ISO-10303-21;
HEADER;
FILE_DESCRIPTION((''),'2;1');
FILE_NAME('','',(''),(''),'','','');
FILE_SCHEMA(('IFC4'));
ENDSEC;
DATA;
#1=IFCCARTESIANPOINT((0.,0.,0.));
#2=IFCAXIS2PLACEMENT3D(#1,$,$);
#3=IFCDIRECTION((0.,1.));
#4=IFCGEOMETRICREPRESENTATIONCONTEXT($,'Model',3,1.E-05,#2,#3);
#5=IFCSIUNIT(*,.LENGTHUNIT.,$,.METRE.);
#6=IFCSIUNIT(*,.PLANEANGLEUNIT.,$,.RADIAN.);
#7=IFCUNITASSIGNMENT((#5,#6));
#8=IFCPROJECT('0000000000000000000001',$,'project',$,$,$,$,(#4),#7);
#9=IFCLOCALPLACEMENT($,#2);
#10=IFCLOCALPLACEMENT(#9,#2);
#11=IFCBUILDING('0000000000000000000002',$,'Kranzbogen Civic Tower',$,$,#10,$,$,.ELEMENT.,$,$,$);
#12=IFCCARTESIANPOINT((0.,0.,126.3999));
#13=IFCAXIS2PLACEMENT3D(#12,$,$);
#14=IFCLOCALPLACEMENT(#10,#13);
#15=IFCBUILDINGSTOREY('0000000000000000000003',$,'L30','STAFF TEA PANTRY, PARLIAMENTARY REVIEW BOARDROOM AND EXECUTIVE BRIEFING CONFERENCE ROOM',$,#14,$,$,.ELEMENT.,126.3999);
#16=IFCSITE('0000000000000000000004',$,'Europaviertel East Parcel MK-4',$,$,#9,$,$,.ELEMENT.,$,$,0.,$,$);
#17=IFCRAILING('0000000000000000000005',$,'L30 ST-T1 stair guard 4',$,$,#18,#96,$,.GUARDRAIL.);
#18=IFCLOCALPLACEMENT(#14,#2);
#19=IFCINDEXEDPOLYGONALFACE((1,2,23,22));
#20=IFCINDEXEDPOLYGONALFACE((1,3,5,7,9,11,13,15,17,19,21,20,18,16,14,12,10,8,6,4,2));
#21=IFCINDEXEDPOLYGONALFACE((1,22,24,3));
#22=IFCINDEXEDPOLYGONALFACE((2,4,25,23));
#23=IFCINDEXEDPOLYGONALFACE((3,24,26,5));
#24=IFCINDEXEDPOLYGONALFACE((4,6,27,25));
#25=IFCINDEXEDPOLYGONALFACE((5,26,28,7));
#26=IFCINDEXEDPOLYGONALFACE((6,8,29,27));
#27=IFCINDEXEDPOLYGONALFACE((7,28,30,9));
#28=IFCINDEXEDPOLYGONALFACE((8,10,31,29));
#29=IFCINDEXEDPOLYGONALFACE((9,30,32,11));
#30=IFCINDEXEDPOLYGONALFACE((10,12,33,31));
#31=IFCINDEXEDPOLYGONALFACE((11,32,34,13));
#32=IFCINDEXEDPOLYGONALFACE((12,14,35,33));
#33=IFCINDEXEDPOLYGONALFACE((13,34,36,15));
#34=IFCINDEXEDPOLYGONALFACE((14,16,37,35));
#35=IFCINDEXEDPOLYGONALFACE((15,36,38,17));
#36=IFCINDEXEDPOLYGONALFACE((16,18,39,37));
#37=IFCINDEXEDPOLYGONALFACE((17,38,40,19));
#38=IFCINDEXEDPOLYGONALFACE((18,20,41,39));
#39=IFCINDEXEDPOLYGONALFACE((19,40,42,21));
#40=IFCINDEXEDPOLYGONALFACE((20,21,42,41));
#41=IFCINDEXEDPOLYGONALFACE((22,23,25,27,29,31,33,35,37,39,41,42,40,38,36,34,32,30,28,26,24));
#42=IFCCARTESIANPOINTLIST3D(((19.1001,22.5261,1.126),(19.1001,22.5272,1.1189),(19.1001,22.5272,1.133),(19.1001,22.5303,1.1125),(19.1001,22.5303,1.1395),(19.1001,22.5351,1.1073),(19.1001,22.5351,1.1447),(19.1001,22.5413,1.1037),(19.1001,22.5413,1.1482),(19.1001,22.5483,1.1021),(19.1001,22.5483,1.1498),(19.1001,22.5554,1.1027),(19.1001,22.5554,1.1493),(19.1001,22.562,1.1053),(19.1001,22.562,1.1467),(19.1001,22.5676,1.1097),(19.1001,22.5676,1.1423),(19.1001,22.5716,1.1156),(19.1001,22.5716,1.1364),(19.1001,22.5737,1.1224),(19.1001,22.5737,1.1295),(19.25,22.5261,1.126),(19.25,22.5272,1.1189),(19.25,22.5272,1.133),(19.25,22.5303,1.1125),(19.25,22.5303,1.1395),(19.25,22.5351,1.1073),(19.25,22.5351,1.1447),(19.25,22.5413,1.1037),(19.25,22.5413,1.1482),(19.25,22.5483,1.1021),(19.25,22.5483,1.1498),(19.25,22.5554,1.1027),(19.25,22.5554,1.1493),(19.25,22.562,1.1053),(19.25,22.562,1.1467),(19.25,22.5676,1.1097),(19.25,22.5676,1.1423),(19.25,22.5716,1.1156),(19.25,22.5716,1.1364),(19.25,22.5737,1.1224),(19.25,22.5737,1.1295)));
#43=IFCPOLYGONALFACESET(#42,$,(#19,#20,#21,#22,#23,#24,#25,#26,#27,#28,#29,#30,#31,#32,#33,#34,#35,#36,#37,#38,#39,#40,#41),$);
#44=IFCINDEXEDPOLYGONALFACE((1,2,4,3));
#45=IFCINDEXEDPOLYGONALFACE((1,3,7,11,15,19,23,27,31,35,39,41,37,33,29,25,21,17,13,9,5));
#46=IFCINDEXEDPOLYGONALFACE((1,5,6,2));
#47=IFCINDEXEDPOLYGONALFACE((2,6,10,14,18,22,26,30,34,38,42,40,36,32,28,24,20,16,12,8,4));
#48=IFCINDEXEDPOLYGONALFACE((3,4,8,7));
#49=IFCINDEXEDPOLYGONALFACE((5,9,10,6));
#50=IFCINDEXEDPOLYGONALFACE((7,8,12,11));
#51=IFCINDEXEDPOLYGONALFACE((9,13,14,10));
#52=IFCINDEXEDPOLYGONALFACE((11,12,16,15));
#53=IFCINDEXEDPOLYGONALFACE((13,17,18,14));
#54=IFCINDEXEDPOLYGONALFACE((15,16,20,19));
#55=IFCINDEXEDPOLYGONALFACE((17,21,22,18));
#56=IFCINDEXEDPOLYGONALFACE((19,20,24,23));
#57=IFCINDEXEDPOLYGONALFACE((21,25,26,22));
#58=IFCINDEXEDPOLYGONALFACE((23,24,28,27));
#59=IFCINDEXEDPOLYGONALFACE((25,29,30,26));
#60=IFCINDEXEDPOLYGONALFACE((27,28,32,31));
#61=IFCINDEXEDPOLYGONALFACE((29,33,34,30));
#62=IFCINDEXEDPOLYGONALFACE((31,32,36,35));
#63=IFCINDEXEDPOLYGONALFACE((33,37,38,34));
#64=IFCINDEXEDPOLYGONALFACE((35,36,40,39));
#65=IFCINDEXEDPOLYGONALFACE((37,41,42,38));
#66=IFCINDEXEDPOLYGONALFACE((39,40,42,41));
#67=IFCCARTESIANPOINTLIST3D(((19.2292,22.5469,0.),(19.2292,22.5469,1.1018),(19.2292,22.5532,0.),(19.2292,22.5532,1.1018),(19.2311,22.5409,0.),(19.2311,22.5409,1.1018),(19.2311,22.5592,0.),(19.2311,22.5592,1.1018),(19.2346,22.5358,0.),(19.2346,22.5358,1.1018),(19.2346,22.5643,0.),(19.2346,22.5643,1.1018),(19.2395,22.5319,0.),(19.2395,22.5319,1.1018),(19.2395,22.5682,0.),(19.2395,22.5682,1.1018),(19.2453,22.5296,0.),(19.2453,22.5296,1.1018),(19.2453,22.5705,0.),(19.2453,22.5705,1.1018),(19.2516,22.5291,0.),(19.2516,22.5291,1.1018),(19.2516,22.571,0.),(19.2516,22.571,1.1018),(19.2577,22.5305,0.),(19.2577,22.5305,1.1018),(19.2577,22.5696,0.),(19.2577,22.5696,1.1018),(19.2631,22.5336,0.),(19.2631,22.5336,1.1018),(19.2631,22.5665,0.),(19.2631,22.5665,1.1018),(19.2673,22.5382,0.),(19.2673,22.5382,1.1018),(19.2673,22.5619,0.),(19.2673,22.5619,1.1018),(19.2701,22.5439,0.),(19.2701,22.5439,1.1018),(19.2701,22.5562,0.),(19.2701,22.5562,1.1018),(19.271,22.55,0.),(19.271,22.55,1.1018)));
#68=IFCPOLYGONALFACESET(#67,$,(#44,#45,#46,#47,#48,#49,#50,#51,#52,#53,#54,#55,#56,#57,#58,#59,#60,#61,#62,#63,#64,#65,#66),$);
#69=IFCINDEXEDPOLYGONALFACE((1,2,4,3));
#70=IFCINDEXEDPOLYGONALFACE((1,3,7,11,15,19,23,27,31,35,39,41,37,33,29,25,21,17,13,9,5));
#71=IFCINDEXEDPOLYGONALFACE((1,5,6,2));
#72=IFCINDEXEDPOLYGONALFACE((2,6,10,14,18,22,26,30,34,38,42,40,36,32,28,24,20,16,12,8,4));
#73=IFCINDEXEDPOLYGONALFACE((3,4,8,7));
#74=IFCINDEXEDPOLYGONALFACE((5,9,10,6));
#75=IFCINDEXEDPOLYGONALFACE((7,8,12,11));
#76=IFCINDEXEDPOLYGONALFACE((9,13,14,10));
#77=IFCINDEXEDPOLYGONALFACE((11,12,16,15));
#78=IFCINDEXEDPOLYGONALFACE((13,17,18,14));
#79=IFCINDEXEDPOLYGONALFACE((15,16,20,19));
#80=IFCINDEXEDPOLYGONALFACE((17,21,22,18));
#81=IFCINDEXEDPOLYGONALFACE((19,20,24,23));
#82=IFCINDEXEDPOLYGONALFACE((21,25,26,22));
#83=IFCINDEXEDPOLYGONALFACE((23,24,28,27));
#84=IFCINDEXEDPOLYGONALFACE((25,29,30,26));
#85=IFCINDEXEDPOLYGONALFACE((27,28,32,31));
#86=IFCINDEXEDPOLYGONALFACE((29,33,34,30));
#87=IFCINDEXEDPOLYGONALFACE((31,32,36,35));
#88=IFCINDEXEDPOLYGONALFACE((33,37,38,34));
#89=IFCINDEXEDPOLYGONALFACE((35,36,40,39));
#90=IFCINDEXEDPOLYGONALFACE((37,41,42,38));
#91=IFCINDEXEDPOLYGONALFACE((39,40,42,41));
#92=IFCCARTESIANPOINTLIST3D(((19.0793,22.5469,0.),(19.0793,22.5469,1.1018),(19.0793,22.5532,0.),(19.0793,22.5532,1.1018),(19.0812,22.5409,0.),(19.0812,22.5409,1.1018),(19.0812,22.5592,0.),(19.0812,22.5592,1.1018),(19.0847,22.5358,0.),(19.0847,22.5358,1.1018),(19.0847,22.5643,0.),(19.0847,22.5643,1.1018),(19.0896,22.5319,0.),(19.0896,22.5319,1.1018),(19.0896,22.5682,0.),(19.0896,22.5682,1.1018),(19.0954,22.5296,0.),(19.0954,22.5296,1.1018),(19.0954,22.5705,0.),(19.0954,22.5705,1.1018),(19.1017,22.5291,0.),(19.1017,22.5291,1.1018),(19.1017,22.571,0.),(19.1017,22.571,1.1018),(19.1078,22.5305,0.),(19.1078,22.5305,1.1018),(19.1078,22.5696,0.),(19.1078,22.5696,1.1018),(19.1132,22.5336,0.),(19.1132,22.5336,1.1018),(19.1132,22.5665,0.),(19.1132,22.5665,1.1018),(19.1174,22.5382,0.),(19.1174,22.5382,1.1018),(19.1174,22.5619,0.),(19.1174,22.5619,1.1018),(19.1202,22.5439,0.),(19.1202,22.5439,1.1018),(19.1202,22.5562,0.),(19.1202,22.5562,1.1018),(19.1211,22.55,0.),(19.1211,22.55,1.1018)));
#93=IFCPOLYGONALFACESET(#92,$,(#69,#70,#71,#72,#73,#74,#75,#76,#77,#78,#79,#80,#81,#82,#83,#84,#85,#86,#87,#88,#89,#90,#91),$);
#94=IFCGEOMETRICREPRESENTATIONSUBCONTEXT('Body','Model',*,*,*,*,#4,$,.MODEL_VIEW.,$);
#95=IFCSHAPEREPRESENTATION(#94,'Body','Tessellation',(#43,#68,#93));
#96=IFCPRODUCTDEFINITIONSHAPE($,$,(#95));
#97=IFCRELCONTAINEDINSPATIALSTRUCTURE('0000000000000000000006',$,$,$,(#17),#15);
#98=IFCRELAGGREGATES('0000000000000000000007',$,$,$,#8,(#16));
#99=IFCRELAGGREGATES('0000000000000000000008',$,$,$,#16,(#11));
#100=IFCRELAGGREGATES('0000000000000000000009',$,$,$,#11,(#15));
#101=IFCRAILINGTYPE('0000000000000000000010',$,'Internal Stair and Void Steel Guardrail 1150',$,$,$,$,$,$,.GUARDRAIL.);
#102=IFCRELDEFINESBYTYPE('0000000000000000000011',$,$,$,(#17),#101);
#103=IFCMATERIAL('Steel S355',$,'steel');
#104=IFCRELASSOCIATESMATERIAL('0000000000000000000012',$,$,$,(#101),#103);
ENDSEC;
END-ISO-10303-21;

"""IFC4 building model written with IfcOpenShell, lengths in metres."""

from ifc_helpers import new_model, si_unit, direction, frame, origin, origin_2d, place, context, subcontext, project, spatial, circle, extrude, material, type_object, element, save


model = new_model("IFC4")

# Units and contexts
model_context = context("Model", 3, precision=1e-05, world=origin(), true_north=direction((0.0, 1.0)))
body_context = subcontext(model_context, "Body", "Model", "MODEL_VIEW")
ifc_project = project(units=[si_unit("LENGTHUNIT", "METRE"), si_unit("PLANEANGLEUNIT", "RADIAN")], contexts=[model_context])

# Site, building, storey
site_placement = place(None, origin())
site = spatial("IfcSite", under=ifc_project, at=site_placement, Name="Europaviertel East Parcel MK-4", CompositionType="ELEMENT", RefElevation=0.0)
building_placement = place(site_placement, origin())
building = spatial("IfcBuilding", under=site, at=building_placement, Name="Kranzbogen Civic Tower", CompositionType="ELEMENT")
storey_placement = place(building_placement, frame((0.0, 0.0, 126.3999)))
storey = spatial("IfcBuildingStorey", under=building, at=storey_placement, Name="L30", Description="STAFF TEA PANTRY, PARLIAMENTARY REVIEW BOARDROOM AND EXECUTIVE BRIEFING CONFERENCE ROOM", CompositionType="ELEMENT", Elevation=126.3999)

# Shared definitions
ifc_material_1 = material(Name="Steel S355", Category="steel")

# Railing
railing_type_1 = type_object("IfcRailingType", Name="Internal Stair and Void Steel Guardrail 1150", PredefinedType="GUARDRAIL", material=ifc_material_1)
railing_1_placement = place(storey_placement, frame((19.25, 22.55, 0.0)))
element("IfcRailing", 1, at=railing_1_placement, inside=storey, type_object=railing_type_1, Name="L30 ST-T1 stair guard 4", PredefinedType="GUARDRAIL", context=body_context, shape_type="SweptSolid", body=[
    extrude(circle(Radius=0.0239, at=origin_2d()), frame((0.0, 0.0, 1.126), z_axis=(-1.0, 0.0, 0.0), x_axis=(0.0, -1.0, 0.0)), (0.0, 0.0, 1.0), 0.1499),
    extrude(circle(Radius=0.021, at=origin_2d()), origin(), (0.0, 0.0, 1.0), 1.1018),
    extrude(circle(Radius=0.021, at=origin_2d()), frame((-0.1499, 0.0, 0.0)), (0.0, 0.0, 1.0), 1.1018),
])

save(model, "model.ifc")
